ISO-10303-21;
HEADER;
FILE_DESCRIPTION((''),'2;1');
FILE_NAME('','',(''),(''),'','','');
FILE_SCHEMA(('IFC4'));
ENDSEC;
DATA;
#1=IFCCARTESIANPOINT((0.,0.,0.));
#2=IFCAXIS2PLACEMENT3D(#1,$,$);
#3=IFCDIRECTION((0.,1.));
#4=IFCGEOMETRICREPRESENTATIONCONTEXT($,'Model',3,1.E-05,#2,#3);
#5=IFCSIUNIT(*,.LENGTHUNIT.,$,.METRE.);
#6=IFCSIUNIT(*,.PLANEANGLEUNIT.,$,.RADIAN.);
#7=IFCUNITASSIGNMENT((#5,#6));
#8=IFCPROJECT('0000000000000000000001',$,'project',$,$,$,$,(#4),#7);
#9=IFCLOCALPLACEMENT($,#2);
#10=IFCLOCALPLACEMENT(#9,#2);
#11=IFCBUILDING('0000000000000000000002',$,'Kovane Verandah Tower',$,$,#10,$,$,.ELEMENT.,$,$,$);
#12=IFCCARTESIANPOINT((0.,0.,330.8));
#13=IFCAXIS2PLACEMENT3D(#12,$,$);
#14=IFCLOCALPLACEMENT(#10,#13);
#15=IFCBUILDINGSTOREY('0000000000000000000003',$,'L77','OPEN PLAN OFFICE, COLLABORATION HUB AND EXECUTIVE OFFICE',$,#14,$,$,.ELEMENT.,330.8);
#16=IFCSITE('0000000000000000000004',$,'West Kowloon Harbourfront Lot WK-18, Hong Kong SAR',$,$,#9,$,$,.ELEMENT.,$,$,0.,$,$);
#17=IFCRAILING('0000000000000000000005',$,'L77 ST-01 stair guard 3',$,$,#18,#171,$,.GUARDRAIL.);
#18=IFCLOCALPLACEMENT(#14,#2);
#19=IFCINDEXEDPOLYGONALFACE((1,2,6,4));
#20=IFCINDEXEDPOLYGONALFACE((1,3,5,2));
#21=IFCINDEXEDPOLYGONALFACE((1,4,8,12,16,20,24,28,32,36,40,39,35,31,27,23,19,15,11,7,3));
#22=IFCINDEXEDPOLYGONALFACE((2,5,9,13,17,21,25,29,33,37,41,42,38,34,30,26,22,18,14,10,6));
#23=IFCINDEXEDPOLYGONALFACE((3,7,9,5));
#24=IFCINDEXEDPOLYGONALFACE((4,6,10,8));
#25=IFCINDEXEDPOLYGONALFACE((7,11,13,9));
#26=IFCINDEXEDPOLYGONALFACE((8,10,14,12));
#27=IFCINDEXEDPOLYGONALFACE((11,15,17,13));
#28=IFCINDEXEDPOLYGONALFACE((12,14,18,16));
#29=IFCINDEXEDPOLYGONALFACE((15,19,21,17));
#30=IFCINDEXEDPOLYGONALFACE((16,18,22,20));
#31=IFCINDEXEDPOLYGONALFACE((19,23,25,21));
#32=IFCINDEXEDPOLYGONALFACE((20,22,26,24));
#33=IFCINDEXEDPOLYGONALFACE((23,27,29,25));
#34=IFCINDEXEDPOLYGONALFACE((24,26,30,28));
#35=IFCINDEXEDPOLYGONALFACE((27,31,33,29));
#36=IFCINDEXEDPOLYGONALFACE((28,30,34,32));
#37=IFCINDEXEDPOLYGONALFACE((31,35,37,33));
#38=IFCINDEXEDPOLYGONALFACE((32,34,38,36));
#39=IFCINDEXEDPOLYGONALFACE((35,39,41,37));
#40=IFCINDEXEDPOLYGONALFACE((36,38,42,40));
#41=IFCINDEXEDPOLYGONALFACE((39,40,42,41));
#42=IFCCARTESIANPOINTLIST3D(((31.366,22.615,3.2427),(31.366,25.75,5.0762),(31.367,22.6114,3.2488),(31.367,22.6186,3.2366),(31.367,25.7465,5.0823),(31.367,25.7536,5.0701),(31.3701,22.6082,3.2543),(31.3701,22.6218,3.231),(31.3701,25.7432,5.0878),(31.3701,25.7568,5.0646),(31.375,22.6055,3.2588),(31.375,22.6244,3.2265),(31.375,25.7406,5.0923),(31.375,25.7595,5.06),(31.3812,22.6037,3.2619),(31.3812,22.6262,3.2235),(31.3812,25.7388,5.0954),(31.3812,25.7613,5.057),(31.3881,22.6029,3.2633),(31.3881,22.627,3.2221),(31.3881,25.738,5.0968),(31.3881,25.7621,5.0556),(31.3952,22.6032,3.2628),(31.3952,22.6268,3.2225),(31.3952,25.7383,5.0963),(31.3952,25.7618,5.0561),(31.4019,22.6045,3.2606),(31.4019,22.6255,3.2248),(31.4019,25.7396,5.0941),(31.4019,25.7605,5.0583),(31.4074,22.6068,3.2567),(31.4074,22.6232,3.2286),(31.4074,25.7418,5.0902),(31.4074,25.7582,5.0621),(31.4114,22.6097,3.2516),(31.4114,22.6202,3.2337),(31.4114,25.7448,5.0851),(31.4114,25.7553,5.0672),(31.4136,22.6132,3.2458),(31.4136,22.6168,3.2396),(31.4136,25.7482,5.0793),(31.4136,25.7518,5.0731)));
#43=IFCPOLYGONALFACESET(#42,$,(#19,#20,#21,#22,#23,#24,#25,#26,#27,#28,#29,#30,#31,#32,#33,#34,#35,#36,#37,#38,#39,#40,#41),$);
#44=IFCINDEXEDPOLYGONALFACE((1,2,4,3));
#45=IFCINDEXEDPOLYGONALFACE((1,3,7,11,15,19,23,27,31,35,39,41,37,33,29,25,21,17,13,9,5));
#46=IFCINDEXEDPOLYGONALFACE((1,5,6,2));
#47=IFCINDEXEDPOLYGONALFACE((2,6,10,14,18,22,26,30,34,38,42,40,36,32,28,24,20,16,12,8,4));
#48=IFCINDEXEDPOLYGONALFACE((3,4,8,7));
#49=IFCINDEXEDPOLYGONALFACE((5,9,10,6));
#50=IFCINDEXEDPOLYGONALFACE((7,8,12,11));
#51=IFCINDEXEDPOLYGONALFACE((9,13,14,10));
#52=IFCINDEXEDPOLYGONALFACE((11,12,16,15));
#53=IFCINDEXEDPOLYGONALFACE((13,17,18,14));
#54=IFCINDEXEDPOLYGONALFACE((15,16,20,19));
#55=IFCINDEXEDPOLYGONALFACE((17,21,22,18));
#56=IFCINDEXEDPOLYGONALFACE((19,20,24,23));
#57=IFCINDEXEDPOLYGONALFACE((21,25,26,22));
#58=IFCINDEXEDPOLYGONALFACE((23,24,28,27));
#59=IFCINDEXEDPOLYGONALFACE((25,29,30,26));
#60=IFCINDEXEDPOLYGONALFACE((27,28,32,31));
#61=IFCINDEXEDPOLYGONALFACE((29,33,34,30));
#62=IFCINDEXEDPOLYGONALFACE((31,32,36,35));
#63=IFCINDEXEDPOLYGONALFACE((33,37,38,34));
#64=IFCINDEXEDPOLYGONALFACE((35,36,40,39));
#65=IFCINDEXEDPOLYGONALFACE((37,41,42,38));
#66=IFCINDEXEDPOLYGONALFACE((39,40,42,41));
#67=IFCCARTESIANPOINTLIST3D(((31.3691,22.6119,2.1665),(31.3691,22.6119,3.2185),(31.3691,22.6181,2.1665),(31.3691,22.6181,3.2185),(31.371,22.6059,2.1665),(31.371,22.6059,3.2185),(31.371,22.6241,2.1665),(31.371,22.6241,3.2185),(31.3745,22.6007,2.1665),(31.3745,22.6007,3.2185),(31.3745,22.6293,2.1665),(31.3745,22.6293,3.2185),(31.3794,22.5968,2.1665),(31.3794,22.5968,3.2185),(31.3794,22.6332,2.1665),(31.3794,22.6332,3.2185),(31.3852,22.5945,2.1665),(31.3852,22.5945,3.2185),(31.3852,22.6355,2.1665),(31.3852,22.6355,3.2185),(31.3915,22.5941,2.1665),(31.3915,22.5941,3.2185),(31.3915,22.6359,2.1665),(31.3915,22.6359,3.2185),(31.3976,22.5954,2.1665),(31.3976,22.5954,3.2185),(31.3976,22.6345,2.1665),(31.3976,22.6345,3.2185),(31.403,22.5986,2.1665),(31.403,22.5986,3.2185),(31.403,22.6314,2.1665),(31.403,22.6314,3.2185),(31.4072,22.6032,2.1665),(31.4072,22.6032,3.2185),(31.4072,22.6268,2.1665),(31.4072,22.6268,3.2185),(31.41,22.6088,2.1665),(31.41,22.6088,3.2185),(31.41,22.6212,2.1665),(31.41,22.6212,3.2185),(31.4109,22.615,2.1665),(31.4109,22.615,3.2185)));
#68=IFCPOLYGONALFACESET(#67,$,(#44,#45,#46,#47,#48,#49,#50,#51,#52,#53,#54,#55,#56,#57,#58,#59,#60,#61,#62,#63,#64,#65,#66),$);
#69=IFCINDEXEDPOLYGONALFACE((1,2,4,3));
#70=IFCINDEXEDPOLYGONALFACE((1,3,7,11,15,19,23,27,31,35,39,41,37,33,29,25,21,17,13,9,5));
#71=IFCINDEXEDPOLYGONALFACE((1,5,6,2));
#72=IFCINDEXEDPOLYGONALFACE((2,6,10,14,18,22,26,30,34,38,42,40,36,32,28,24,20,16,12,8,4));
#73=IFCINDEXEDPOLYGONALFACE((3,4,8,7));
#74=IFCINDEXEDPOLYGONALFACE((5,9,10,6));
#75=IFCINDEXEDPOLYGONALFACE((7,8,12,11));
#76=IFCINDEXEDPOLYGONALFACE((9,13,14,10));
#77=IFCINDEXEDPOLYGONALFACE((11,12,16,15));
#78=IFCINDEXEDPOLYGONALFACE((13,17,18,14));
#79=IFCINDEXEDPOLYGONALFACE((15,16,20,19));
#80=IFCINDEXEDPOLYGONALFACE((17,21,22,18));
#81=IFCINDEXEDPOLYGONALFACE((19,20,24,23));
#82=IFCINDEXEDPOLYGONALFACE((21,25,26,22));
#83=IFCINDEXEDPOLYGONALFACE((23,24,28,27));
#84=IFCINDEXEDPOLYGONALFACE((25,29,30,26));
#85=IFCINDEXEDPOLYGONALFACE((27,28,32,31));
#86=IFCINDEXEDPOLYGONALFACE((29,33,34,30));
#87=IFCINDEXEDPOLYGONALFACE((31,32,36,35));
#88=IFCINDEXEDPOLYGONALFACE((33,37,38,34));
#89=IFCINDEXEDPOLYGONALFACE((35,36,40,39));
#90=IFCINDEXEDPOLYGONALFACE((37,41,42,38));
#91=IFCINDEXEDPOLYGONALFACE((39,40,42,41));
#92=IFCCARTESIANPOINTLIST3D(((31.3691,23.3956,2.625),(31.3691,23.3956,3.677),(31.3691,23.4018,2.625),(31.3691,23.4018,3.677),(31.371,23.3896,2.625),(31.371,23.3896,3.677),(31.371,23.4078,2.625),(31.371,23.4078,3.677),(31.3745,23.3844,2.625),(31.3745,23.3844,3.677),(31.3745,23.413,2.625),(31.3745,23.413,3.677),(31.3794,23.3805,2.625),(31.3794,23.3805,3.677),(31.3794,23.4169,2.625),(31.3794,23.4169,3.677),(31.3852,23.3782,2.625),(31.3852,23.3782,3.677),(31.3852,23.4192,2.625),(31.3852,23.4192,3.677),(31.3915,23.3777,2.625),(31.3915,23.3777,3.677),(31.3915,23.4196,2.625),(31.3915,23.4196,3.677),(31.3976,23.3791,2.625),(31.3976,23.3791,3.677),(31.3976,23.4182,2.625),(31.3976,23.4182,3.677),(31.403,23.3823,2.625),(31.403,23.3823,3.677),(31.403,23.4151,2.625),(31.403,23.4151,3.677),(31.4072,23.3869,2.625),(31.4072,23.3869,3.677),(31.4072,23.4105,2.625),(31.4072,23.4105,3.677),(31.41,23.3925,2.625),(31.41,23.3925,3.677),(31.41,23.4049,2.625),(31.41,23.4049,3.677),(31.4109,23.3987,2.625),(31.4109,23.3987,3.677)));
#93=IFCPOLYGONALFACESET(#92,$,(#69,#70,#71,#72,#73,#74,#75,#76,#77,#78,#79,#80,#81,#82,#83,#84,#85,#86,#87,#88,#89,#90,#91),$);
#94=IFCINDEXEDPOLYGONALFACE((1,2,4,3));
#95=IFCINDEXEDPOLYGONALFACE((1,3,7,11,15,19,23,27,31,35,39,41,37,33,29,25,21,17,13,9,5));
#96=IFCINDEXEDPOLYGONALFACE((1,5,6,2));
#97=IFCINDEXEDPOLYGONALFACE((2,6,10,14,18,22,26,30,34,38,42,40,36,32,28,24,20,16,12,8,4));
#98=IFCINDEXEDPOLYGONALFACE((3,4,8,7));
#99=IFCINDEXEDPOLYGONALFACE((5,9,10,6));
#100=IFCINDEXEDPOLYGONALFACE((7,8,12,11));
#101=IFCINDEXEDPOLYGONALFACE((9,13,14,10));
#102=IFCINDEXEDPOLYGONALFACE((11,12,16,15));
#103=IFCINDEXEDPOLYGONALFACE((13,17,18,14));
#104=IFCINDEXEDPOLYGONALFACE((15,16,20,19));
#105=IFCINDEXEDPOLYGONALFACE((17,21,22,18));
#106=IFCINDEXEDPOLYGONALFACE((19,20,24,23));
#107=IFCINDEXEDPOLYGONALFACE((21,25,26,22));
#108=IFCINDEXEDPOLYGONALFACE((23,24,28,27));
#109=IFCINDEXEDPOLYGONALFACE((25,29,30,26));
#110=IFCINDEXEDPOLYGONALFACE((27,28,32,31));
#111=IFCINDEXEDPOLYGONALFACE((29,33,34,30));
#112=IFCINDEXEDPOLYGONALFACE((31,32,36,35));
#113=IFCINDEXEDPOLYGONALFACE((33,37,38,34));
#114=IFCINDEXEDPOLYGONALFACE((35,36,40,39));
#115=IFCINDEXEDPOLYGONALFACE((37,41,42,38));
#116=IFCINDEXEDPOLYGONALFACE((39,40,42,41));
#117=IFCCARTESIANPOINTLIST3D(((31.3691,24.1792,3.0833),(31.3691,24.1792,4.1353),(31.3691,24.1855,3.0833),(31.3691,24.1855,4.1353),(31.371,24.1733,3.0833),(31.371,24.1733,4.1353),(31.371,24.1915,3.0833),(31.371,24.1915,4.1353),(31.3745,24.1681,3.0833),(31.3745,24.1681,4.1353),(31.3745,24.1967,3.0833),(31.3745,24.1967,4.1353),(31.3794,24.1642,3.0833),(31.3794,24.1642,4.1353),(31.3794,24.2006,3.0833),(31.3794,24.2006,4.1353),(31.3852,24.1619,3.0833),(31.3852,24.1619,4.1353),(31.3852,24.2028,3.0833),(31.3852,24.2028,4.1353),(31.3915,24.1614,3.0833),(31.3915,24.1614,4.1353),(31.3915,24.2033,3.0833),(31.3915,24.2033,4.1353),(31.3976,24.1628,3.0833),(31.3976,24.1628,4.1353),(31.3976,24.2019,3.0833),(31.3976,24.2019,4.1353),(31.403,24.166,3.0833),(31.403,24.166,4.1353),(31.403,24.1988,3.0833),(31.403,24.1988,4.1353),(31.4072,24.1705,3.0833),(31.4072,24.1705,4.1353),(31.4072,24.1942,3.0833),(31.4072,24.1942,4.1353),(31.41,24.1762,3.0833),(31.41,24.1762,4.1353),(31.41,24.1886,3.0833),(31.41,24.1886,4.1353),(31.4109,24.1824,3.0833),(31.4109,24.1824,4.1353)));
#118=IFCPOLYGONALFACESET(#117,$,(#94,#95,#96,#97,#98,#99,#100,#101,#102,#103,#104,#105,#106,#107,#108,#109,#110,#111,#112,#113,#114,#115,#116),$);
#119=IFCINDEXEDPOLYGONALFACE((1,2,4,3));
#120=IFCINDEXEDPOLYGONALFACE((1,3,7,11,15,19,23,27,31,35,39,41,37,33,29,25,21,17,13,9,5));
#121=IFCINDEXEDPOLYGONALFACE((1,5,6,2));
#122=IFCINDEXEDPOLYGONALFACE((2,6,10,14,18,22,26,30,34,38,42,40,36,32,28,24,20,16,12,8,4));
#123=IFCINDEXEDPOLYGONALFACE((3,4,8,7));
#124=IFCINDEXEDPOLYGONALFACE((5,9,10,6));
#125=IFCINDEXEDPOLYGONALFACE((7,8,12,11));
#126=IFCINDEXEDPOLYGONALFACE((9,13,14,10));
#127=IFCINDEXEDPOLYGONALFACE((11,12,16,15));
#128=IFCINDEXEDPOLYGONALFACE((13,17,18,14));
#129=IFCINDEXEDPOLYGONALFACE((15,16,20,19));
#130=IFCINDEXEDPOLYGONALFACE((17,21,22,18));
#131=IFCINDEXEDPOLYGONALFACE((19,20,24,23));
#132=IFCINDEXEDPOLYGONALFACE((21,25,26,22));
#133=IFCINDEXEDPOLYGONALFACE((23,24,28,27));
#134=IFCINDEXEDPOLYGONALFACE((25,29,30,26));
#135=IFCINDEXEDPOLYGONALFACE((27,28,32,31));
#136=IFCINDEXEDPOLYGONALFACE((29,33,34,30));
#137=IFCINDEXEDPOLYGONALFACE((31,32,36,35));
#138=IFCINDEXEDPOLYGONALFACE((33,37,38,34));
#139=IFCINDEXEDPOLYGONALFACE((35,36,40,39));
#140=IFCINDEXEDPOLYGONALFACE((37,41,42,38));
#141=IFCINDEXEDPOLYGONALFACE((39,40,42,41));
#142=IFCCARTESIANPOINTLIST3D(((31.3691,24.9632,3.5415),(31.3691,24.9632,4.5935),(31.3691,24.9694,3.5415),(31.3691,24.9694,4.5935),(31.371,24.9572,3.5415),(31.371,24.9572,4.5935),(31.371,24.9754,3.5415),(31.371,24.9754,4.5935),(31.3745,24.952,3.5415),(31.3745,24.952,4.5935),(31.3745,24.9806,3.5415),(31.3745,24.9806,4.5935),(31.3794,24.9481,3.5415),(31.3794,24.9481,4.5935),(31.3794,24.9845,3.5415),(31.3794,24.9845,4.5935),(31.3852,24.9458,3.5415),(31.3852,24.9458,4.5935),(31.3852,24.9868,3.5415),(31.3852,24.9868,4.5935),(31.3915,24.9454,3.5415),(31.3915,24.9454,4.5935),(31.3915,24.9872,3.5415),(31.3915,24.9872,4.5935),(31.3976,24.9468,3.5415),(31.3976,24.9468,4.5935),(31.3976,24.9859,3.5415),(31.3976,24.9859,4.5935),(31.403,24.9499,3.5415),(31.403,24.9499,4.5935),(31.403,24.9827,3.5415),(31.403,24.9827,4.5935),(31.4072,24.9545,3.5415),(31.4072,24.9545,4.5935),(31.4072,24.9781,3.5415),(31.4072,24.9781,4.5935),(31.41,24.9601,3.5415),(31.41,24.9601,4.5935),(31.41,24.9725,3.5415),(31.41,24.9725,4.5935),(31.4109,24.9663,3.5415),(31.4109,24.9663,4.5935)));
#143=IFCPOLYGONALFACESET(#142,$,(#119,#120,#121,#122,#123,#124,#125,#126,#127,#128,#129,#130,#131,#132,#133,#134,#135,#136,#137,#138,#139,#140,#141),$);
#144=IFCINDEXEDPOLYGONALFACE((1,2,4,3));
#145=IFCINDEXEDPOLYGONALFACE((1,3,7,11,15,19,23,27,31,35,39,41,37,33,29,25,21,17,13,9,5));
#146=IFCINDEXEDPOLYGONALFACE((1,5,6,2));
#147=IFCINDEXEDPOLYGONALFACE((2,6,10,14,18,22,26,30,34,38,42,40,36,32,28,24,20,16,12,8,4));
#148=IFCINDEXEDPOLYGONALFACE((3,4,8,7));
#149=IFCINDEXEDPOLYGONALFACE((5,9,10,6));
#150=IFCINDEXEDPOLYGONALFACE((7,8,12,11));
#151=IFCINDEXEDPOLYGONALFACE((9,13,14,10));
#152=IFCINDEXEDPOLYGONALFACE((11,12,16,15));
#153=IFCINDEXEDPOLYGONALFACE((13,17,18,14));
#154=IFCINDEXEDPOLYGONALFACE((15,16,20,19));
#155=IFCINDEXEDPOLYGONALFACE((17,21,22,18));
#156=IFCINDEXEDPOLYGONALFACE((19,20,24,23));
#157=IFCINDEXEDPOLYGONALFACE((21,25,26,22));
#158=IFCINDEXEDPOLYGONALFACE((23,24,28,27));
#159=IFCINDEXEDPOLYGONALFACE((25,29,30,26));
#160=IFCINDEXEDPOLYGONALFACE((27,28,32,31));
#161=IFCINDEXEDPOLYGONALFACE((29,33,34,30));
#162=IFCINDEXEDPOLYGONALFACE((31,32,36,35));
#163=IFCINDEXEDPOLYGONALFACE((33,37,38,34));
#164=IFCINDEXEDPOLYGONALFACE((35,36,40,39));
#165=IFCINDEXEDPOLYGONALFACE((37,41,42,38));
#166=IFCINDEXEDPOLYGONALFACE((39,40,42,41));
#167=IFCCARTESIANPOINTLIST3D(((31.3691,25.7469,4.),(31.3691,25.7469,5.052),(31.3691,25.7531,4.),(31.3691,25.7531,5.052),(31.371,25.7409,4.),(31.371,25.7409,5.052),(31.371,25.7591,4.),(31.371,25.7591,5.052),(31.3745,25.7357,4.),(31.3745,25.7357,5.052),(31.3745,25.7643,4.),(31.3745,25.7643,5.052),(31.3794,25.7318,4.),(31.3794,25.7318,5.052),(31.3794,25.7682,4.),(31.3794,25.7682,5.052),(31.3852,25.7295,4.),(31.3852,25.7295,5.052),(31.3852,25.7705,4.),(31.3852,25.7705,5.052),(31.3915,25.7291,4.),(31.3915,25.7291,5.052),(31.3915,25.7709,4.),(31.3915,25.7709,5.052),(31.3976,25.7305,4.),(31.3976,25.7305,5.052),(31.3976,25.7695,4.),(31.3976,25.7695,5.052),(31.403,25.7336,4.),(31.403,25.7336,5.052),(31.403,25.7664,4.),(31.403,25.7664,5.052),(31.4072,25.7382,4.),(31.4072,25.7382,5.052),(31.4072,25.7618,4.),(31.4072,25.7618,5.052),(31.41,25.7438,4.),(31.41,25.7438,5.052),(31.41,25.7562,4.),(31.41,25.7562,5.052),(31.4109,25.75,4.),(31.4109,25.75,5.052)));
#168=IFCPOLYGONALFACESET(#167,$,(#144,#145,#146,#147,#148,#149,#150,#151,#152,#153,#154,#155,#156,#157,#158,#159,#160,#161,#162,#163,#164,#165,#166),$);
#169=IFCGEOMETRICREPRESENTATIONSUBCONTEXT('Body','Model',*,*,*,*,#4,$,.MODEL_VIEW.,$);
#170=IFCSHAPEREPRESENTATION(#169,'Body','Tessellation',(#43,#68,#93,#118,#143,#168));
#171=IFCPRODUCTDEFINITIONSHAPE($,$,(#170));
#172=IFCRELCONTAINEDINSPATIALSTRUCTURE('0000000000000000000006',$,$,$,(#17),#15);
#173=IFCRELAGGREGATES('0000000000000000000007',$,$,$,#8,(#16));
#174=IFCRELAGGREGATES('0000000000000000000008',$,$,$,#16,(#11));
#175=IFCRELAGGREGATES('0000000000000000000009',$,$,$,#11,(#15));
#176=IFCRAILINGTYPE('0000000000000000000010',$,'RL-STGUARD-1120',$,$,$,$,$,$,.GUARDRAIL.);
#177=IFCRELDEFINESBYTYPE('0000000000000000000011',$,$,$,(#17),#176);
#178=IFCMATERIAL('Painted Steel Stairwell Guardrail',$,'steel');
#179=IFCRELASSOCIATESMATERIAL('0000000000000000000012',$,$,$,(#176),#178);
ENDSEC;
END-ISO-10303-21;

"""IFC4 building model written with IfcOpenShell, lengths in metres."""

from ifc_helpers import new_model, si_unit, direction, frame, origin, origin_2d, place, context, subcontext, project, spatial, circle, extrude, material, type_object, element, save


model = new_model("IFC4")

# Units and contexts
model_context = context("Model", 3, precision=1e-05, world=origin(), true_north=direction((0.0, 1.0)))
body_context = subcontext(model_context, "Body", "Model", "MODEL_VIEW")
ifc_project = project(units=[si_unit("LENGTHUNIT", "METRE"), si_unit("PLANEANGLEUNIT", "RADIAN")], contexts=[model_context])

# Site, building, storey
site_placement = place(None, origin())
site = spatial("IfcSite", under=ifc_project, at=site_placement, Name="West Kowloon Harbourfront Lot WK-18, Hong Kong SAR", CompositionType="ELEMENT", RefElevation=0.0)
building_placement = place(site_placement, origin())
building = spatial("IfcBuilding", under=site, at=building_placement, Name="Kovane Verandah Tower", CompositionType="ELEMENT")
storey_placement = place(building_placement, frame((0.0, 0.0, 330.8)))
storey = spatial("IfcBuildingStorey", under=building, at=storey_placement, Name="L77", Description="OPEN PLAN OFFICE, COLLABORATION HUB AND EXECUTIVE OFFICE", CompositionType="ELEMENT", Elevation=330.8)

# Railing
ifc_material_1 = material(Name="Painted Steel Stairwell Guardrail", Category="steel")
railing_type_1 = type_object("IfcRailingType", Name="RL-STGUARD-1120", PredefinedType="GUARDRAIL", material=ifc_material_1)
railing_1_placement = place(storey_placement, frame((31.3899, 22.615, 2.1665)))
element("IfcRailing", 1, at=railing_1_placement, inside=storey, type_object=railing_type_1, Name="L77 ST-01 stair guard 3", PredefinedType="GUARDRAIL", context=body_context, shape_type="SweptSolid", body=[
    extrude(circle(Radius=0.0239, at=origin_2d()), frame((0.0, 0.0, 1.0762), z_axis=(0.0, 0.86321, 0.504845), x_axis=(-1.0, 0.0, 0.0)), (0.0, 0.0, 1.0), 3.6318),
    extrude(circle(Radius=0.021, at=origin_2d()), origin(), (0.0, 0.0, 1.0), 1.052),
    extrude(circle(Radius=0.021, at=origin_2d()), frame((0.0, 0.7837, 0.4585)), (0.0, 0.0, 1.0), 1.052),
    extrude(circle(Radius=0.021, at=origin_2d()), frame((0.0, 1.5674, 0.9167)), (0.0, 0.0, 1.0), 1.052),
    extrude(circle(Radius=0.021, at=origin_2d()), frame((0.0, 2.3513, 1.375)), (0.0, 0.0, 1.0), 1.052),
    extrude(circle(Radius=0.021, at=origin_2d()), frame((0.0, 3.135, 1.8335)), (0.0, 0.0, 1.0), 1.052),
])

save(model, "model.ifc")
